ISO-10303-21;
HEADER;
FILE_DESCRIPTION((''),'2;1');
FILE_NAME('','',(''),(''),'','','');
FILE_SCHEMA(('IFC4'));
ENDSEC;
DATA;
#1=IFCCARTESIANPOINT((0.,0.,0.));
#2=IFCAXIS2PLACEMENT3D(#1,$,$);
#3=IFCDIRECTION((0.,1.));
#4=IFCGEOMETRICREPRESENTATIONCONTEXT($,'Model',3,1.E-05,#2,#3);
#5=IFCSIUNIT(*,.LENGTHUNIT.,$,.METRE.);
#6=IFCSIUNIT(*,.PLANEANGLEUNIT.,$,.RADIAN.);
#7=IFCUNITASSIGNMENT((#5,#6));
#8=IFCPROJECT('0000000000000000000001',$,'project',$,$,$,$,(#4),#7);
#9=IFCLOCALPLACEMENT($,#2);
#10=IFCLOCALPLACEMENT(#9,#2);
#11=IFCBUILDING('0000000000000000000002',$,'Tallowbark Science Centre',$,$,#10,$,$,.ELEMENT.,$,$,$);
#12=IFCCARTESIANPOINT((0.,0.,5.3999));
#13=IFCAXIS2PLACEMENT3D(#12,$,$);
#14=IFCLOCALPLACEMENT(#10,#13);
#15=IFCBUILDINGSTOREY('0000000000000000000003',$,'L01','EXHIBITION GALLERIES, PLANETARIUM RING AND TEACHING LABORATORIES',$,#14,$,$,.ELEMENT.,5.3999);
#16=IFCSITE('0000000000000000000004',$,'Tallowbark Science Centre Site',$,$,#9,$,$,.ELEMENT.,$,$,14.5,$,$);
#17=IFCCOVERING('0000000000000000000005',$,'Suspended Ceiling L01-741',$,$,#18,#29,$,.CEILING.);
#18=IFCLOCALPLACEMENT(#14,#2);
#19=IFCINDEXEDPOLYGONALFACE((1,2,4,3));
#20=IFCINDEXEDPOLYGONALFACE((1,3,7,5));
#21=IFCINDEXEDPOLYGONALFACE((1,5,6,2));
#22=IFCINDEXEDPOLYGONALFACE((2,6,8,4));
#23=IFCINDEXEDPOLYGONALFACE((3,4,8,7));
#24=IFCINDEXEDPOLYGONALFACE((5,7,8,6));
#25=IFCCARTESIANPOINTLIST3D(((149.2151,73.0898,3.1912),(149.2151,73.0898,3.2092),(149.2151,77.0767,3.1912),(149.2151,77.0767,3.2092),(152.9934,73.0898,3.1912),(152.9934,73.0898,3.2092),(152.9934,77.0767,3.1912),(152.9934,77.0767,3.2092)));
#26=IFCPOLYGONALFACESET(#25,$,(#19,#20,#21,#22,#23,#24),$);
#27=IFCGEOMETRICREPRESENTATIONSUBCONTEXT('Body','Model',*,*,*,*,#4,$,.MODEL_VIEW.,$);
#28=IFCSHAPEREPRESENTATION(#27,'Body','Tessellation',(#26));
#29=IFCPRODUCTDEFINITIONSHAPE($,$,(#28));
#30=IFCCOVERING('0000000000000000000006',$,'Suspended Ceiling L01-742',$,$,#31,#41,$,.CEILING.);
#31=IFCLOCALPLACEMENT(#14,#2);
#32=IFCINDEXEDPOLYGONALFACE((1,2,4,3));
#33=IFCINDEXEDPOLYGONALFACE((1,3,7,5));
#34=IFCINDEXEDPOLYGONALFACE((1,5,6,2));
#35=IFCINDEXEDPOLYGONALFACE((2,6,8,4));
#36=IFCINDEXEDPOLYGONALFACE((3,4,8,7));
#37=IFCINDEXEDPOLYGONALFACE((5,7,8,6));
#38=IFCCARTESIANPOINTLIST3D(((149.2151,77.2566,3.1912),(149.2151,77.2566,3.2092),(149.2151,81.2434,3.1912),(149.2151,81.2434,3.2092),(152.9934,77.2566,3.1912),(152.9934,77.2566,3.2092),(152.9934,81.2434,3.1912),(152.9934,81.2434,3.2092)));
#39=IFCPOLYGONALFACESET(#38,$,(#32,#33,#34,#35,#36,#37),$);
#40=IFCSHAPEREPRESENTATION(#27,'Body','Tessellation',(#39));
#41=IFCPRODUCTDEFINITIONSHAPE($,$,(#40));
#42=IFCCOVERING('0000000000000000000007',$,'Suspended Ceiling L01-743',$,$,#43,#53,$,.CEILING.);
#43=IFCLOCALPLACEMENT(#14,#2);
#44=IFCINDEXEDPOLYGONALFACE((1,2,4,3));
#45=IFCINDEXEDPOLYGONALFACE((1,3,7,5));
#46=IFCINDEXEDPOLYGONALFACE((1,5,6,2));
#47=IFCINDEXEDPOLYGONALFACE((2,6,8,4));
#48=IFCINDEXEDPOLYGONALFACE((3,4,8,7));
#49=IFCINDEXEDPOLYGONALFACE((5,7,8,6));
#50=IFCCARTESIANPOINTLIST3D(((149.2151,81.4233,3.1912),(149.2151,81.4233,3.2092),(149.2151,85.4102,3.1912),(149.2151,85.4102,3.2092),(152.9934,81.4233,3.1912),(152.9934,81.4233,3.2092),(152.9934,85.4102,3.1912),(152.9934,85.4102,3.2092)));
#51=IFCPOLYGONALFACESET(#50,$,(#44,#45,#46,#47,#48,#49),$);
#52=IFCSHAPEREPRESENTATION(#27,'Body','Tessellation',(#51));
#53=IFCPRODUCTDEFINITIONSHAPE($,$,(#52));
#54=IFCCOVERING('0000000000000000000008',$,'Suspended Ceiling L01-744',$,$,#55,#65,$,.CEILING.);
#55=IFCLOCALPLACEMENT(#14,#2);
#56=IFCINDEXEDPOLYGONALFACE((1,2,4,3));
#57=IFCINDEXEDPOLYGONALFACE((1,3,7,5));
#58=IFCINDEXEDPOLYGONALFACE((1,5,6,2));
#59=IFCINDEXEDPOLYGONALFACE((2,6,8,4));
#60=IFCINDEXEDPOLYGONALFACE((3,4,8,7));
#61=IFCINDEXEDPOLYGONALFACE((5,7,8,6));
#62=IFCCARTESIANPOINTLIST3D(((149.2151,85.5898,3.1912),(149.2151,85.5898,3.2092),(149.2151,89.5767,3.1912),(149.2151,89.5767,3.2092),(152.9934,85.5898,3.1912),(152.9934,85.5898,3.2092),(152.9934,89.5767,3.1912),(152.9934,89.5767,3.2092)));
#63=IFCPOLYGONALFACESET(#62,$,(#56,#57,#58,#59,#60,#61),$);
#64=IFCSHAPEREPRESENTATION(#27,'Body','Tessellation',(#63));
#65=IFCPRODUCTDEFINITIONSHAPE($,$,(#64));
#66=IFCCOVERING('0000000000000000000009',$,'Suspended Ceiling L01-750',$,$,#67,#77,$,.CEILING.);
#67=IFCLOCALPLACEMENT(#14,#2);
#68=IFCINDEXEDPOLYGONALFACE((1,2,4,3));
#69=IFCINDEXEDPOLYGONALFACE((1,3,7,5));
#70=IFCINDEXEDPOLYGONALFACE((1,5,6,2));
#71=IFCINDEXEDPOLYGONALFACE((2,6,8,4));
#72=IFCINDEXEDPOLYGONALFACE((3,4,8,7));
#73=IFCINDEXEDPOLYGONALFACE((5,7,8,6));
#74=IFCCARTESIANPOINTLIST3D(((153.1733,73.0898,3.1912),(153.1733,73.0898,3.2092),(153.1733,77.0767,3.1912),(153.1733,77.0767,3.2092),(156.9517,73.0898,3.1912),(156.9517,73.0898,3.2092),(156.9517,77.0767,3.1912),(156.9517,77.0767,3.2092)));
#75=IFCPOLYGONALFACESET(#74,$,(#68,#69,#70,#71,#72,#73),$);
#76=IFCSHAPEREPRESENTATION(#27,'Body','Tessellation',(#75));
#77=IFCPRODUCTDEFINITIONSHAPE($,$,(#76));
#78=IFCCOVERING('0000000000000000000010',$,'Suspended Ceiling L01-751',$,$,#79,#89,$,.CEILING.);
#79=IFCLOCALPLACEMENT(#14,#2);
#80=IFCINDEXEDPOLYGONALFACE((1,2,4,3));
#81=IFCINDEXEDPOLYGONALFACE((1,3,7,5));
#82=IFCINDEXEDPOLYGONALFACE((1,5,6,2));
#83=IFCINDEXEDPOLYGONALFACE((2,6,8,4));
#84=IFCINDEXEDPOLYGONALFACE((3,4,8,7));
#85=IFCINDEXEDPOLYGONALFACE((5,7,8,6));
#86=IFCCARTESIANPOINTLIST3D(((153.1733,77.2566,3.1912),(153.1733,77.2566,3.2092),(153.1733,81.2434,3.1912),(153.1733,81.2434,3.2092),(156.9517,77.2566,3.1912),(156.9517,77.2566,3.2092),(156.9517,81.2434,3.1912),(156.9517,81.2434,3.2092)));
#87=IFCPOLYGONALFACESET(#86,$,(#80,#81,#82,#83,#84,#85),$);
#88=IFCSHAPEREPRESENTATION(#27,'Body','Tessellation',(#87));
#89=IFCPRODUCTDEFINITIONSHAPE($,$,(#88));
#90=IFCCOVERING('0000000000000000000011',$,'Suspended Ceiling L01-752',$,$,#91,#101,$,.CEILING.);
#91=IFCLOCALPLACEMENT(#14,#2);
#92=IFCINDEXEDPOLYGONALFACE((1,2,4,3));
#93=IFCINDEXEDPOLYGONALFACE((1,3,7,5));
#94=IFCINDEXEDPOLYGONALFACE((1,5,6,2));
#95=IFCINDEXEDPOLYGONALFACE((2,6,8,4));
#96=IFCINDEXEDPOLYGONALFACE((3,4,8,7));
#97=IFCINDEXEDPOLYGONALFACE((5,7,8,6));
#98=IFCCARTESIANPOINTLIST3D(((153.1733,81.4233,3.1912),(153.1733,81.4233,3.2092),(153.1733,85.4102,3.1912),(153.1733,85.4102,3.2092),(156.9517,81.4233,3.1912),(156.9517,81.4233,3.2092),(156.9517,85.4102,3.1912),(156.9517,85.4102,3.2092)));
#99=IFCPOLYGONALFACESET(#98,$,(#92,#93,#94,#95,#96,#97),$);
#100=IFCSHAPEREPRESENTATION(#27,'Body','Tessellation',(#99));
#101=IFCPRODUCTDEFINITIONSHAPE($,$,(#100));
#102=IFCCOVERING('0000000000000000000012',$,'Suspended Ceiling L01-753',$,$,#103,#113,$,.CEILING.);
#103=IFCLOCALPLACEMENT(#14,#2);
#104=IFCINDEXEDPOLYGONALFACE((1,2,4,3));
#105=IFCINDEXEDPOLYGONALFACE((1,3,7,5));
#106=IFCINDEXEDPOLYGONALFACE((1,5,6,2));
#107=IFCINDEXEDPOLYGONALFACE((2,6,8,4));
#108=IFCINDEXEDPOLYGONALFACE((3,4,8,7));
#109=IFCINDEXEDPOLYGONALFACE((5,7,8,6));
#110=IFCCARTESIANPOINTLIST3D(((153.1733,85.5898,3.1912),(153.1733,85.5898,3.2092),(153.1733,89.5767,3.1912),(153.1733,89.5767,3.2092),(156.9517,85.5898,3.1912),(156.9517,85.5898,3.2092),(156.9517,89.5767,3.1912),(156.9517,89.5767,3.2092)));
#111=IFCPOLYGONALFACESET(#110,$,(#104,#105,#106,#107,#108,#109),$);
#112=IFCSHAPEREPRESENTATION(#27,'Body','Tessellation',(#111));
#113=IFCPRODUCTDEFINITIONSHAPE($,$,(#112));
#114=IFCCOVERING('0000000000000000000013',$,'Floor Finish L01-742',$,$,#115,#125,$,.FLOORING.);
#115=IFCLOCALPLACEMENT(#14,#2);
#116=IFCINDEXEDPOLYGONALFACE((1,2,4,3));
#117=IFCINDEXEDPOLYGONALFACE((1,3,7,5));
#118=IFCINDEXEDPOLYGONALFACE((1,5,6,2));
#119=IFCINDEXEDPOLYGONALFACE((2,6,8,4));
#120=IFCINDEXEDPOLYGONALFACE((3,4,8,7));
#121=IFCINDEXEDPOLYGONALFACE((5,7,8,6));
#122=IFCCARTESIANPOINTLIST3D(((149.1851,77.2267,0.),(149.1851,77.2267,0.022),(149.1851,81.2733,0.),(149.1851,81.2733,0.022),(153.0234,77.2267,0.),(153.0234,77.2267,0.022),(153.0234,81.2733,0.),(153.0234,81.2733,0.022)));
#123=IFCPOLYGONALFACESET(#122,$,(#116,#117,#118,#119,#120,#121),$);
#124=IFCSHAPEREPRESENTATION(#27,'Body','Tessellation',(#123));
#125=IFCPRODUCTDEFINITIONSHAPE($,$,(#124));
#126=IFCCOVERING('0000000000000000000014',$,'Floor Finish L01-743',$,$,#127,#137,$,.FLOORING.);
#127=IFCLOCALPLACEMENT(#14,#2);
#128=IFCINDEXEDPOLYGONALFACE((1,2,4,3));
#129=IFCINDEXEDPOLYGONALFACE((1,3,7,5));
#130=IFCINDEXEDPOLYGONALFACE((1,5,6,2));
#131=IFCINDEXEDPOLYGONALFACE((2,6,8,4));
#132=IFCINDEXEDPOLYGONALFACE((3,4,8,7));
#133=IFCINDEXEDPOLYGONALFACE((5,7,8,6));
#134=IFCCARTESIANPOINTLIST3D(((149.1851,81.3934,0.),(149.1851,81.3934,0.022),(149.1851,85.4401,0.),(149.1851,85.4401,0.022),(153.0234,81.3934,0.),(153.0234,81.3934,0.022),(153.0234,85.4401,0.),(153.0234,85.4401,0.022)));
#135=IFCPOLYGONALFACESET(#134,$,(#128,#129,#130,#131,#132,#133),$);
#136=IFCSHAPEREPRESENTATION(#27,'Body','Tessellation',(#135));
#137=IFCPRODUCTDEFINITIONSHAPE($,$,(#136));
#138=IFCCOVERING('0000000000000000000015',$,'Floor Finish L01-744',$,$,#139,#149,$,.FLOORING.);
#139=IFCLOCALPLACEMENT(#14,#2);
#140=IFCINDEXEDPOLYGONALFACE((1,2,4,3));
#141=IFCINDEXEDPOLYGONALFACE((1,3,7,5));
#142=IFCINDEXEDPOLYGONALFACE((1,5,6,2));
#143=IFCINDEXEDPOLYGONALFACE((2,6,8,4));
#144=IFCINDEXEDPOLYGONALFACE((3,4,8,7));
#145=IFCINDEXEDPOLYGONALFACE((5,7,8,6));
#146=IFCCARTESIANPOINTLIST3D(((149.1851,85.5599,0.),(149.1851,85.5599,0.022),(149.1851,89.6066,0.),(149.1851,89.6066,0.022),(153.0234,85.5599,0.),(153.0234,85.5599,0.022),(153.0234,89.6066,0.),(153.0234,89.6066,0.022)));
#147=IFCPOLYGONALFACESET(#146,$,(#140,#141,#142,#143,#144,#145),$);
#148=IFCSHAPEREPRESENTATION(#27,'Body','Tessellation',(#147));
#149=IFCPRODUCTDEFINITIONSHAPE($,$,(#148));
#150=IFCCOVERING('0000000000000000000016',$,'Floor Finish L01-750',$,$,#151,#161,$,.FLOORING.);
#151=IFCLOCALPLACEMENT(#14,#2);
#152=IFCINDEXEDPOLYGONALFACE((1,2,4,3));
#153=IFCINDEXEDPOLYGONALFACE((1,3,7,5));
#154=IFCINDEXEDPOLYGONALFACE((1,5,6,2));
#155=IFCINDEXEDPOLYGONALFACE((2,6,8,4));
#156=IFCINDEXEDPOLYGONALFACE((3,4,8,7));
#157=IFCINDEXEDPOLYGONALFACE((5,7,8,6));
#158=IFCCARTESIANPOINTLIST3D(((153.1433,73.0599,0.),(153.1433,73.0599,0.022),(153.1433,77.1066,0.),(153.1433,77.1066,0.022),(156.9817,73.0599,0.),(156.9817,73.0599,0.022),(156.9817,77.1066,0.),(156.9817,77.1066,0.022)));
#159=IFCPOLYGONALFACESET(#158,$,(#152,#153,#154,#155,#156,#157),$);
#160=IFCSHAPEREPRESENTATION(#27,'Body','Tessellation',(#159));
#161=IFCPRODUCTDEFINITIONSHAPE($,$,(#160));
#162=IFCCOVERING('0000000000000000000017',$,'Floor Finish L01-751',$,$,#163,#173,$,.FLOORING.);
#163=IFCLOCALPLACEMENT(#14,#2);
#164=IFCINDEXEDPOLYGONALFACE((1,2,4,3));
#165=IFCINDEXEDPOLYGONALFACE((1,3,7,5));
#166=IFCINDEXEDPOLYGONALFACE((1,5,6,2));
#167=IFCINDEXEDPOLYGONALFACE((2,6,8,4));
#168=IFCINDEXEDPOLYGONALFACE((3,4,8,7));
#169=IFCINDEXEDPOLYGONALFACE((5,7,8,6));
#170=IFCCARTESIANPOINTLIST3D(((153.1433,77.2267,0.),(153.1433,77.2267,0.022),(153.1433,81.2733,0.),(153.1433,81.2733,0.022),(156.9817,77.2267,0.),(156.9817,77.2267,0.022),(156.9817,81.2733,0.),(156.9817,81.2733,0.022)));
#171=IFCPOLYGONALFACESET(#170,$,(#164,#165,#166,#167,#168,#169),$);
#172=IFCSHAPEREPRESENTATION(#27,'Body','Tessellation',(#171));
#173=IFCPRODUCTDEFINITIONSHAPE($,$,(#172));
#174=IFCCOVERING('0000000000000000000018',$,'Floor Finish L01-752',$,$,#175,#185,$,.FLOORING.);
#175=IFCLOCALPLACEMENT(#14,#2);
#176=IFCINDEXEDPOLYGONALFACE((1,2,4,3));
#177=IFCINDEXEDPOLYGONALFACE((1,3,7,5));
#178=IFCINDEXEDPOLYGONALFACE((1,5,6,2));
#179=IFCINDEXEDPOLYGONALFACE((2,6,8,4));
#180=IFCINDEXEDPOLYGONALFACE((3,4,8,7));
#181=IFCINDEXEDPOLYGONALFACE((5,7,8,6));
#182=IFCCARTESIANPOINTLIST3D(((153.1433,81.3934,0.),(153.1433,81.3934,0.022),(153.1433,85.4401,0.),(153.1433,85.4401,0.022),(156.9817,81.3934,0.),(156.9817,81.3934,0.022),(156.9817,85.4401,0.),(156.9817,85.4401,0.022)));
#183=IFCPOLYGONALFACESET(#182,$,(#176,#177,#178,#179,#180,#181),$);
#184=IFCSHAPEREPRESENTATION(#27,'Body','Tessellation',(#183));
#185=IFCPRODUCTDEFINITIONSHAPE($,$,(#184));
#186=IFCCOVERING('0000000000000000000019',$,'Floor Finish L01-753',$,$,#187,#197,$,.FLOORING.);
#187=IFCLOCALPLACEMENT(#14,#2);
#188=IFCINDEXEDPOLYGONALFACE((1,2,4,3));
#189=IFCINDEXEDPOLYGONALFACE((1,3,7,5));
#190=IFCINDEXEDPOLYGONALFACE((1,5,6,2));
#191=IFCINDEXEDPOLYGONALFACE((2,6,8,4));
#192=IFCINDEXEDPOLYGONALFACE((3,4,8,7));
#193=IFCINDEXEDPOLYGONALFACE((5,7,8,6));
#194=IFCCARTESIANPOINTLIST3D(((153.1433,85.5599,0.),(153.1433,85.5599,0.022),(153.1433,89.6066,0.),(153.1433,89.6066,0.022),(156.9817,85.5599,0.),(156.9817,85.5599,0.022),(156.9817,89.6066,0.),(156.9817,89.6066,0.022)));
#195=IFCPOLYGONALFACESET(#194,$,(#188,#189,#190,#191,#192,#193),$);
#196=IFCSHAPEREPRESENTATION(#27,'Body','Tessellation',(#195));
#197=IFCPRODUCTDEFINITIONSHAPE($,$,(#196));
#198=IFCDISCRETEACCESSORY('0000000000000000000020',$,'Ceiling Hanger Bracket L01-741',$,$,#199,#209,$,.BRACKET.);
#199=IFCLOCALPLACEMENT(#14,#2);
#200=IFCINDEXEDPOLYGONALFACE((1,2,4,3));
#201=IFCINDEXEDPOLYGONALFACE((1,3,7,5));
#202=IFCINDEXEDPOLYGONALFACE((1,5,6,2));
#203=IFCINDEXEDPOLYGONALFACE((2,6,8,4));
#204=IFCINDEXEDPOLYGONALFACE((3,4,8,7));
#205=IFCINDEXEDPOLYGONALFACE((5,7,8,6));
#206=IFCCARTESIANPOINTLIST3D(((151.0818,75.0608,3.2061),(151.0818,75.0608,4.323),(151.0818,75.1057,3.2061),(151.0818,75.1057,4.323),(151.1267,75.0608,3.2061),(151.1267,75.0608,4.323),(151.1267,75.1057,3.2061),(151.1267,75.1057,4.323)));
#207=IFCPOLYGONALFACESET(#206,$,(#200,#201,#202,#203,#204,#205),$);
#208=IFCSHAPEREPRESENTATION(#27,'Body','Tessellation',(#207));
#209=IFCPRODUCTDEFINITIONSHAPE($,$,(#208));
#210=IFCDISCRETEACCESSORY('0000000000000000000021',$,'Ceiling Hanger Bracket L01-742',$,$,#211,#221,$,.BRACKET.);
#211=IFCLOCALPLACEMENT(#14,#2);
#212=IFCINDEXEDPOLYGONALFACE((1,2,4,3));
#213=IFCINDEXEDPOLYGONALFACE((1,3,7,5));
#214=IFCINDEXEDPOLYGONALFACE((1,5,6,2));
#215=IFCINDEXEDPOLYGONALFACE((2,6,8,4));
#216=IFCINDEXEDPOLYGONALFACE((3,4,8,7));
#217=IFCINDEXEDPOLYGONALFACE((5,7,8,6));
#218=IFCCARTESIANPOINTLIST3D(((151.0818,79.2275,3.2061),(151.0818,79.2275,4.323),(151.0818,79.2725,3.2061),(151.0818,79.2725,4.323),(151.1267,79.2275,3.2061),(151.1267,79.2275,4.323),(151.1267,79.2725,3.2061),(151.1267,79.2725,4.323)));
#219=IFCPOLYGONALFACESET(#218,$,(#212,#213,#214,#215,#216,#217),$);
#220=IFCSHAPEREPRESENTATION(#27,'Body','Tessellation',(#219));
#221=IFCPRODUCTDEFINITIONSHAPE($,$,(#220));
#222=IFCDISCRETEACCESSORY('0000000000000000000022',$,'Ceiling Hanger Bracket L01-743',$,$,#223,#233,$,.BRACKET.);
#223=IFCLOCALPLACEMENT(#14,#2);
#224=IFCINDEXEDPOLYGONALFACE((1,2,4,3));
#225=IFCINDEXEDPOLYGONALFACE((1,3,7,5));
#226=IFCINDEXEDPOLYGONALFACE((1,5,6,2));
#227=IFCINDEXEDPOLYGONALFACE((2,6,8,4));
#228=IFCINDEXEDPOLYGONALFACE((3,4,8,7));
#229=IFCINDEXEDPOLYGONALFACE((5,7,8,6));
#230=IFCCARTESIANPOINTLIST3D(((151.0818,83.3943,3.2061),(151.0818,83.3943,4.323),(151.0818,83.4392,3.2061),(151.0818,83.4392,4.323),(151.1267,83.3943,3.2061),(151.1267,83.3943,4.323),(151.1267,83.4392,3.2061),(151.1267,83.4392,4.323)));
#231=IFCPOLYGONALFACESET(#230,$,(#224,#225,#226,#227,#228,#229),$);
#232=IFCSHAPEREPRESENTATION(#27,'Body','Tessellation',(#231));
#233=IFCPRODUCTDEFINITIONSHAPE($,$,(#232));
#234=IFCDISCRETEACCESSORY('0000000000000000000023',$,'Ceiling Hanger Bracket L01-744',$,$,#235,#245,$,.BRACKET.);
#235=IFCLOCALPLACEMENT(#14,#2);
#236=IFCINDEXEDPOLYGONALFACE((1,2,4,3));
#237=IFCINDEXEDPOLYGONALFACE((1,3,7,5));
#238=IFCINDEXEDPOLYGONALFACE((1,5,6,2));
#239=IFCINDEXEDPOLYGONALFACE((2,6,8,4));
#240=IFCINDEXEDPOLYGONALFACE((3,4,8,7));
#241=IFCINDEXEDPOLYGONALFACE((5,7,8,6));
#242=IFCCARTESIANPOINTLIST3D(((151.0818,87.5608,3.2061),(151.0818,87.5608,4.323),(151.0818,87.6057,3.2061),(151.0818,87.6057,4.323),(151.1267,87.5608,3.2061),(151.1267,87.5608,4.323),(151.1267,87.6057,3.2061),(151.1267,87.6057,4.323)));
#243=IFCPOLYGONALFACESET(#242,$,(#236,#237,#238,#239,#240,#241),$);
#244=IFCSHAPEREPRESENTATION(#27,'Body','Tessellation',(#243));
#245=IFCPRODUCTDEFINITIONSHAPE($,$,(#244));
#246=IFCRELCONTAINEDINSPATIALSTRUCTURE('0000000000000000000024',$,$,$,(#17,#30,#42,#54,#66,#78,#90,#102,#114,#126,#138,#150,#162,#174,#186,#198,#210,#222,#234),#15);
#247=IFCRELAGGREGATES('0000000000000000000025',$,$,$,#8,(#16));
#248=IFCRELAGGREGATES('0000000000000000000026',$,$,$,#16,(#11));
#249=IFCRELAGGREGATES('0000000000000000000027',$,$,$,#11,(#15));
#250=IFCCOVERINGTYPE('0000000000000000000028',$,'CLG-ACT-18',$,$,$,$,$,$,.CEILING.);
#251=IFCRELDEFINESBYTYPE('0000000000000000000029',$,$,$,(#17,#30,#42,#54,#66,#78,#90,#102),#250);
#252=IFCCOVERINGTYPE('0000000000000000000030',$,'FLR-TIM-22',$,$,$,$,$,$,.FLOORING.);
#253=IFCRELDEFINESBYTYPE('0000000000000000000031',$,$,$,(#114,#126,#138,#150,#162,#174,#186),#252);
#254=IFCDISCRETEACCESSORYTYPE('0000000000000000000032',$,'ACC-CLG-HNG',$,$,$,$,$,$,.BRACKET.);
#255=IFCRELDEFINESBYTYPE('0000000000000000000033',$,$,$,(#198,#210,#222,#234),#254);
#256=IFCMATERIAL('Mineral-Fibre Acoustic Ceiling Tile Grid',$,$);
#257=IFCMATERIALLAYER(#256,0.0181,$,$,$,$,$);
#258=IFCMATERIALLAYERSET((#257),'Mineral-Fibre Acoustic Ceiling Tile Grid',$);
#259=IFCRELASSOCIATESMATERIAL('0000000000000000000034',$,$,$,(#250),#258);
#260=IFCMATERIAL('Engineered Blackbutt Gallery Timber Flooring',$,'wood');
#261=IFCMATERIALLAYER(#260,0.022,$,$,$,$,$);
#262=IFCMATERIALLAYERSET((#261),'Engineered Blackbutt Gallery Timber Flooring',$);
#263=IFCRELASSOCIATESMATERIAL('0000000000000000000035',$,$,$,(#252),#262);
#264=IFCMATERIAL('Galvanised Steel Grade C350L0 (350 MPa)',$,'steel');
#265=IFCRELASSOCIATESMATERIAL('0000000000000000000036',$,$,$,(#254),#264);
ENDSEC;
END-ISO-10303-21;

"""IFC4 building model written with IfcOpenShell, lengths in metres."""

from ifc_helpers import new_model, si_unit, direction, frame, origin, origin_2d, place, context, subcontext, project, spatial, rectangle, extrude, material, layer, layer_set, type_object, element, save


model = new_model("IFC4")

# Units and contexts
model_context = context("Model", 3, precision=1e-05, world=origin(), true_north=direction((0.0, 1.0)))
body_context = subcontext(model_context, "Body", "Model", "MODEL_VIEW")
ifc_project = project(units=[si_unit("LENGTHUNIT", "METRE"), si_unit("PLANEANGLEUNIT", "RADIAN")], contexts=[model_context])

# Site, building, storey
site_placement = place(None, origin())
site = spatial("IfcSite", under=ifc_project, at=site_placement, Name="Tallowbark Science Centre Site", CompositionType="ELEMENT", RefElevation=14.5)
building_placement = place(site_placement, origin())
building = spatial("IfcBuilding", under=site, at=building_placement, Name="Tallowbark Science Centre", CompositionType="ELEMENT")
storey_placement = place(building_placement, frame((0.0, 0.0, 5.3999)))
storey = spatial("IfcBuildingStorey", under=building, at=storey_placement, Name="L01", Description="EXHIBITION GALLERIES, PLANETARIUM RING AND TEACHING LABORATORIES", CompositionType="ELEMENT", Elevation=5.3999)

# Coverings
ifc_material_1 = material(Name="Mineral-Fibre Acoustic Ceiling Tile Grid")
ifc_layer_1 = layer(ifc_material_1, 0.0181)
ifc_layer_set_1 = layer_set([ifc_layer_1], Name="Mineral-Fibre Acoustic Ceiling Tile Grid")
covering_type_1 = type_object("IfcCoveringType", Name="CLG-ACT-18", PredefinedType="CEILING", material=ifc_layer_set_1)
for number, where, z_axis, x_axis, name in (
    (1, (151.1042, 75.0833, 3.1912), (0.0, 0.0, 1.0), (1.0, 0.0, 0.0), "Suspended Ceiling L01-741"),
    (2, (151.1042, 79.25, 3.1912), (0.0, 0.0, 1.0), (1.0, 0.0, 0.0), "Suspended Ceiling L01-742"),
    (3, (151.1042, 83.4167, 3.1912), (0.0, 0.0, 1.0), (1.0, 0.0, 0.0), "Suspended Ceiling L01-743"),
    (4, (151.1042, 87.5833, 3.1912), (0.0, 0.0, 1.0), (1.0, 0.0, 0.0), "Suspended Ceiling L01-744"),
    (5, (155.0625, 75.0833, 3.1912), (0.0, 0.0, 1.0), (1.0, 0.0, 0.0), "Suspended Ceiling L01-750"),
    (6, (155.0625, 79.25, 3.1912), (0.0, 0.0, 1.0), (1.0, 0.0, 0.0), "Suspended Ceiling L01-751"),
    (7, (155.0625, 83.4167, 3.1912), (0.0, 0.0, 1.0), (1.0, 0.0, 0.0), "Suspended Ceiling L01-752"),
    (8, (155.0625, 87.5833, 3.1912), (0.0, 0.0, 1.0), (1.0, 0.0, 0.0), "Suspended Ceiling L01-753"),
):
    element("IfcCovering", number, at=place(storey_placement, frame(where, z_axis=z_axis, x_axis=x_axis)), inside=storey, type_object=covering_type_1, Name=name, PredefinedType="CEILING", context=body_context, shape_type="SweptSolid", body=[
        extrude(rectangle(XDim=3.7783, YDim=3.9868, at=origin_2d()), origin(), (0.0, 0.0, 1.0), 0.0181),
    ])
ifc_material_2 = material(Name="Engineered Blackbutt Gallery Timber Flooring", Category="wood")
ifc_layer_2 = layer(ifc_material_2, 0.022)
ifc_layer_set_2 = layer_set([ifc_layer_2], Name="Engineered Blackbutt Gallery Timber Flooring")
covering_type_2 = type_object("IfcCoveringType", Name="FLR-TIM-22", PredefinedType="FLOORING", material=ifc_layer_set_2)
for number, where, z_axis, x_axis, name in (
    (9, (151.1042, 79.25, 0.0), (0.0, 0.0, 1.0), (1.0, 0.0, 0.0), "Floor Finish L01-742"),
    (10, (151.1042, 83.4167, 0.0), (0.0, 0.0, 1.0), (1.0, 0.0, 0.0), "Floor Finish L01-743"),
    (11, (151.1042, 87.5833, 0.0), (0.0, 0.0, 1.0), (1.0, 0.0, 0.0), "Floor Finish L01-744"),
    (12, (155.0625, 75.0833, 0.0), (0.0, 0.0, 1.0), (1.0, 0.0, 0.0), "Floor Finish L01-750"),
    (13, (155.0625, 79.25, 0.0), (0.0, 0.0, 1.0), (1.0, 0.0, 0.0), "Floor Finish L01-751"),
    (14, (155.0625, 83.4167, 0.0), (0.0, 0.0, 1.0), (1.0, 0.0, 0.0), "Floor Finish L01-752"),
    (15, (155.0625, 87.5833, 0.0), (0.0, 0.0, 1.0), (1.0, 0.0, 0.0), "Floor Finish L01-753"),
):
    element("IfcCovering", number, at=place(storey_placement, frame(where, z_axis=z_axis, x_axis=x_axis)), inside=storey, type_object=covering_type_2, Name=name, PredefinedType="FLOORING", context=body_context, shape_type="SweptSolid", body=[
        extrude(rectangle(XDim=3.8384, YDim=4.0466, at=origin_2d()), origin(), (0.0, 0.0, 1.0), 0.022),
    ])

# Discrete accessories
ifc_material_3 = material(Name="Galvanised Steel Grade C350L0 (350 MPa)", Category="steel")
discrete_accessory_type = type_object("IfcDiscreteAccessoryType", Name="ACC-CLG-HNG", PredefinedType="BRACKET", material=ifc_material_3)
for number, where, z_axis, x_axis, name in (
    (16, (151.1042, 75.0833, 3.2061), (0.0, 0.0, 1.0), (1.0, 0.0, 0.0), "Ceiling Hanger Bracket L01-741"),
    (17, (151.1042, 79.25, 3.2061), (0.0, 0.0, 1.0), (1.0, 0.0, 0.0), "Ceiling Hanger Bracket L01-742"),
    (18, (151.1042, 83.4167, 3.2061), (0.0, 0.0, 1.0), (1.0, 0.0, 0.0), "Ceiling Hanger Bracket L01-743"),
    (19, (151.1042, 87.5833, 3.2061), (0.0, 0.0, 1.0), (1.0, 0.0, 0.0), "Ceiling Hanger Bracket L01-744"),
):
    element("IfcDiscreteAccessory", number, at=place(storey_placement, frame(where, z_axis=z_axis, x_axis=x_axis)), inside=storey, type_object=discrete_accessory_type, Name=name, PredefinedType="BRACKET", context=body_context, shape_type="SweptSolid", body=[
        extrude(rectangle(XDim=0.0449, YDim=0.0449, at=origin_2d()), origin(), (0.0, 0.0, 1.0), 1.1169),
    ])

save(model, "model.ifc")
